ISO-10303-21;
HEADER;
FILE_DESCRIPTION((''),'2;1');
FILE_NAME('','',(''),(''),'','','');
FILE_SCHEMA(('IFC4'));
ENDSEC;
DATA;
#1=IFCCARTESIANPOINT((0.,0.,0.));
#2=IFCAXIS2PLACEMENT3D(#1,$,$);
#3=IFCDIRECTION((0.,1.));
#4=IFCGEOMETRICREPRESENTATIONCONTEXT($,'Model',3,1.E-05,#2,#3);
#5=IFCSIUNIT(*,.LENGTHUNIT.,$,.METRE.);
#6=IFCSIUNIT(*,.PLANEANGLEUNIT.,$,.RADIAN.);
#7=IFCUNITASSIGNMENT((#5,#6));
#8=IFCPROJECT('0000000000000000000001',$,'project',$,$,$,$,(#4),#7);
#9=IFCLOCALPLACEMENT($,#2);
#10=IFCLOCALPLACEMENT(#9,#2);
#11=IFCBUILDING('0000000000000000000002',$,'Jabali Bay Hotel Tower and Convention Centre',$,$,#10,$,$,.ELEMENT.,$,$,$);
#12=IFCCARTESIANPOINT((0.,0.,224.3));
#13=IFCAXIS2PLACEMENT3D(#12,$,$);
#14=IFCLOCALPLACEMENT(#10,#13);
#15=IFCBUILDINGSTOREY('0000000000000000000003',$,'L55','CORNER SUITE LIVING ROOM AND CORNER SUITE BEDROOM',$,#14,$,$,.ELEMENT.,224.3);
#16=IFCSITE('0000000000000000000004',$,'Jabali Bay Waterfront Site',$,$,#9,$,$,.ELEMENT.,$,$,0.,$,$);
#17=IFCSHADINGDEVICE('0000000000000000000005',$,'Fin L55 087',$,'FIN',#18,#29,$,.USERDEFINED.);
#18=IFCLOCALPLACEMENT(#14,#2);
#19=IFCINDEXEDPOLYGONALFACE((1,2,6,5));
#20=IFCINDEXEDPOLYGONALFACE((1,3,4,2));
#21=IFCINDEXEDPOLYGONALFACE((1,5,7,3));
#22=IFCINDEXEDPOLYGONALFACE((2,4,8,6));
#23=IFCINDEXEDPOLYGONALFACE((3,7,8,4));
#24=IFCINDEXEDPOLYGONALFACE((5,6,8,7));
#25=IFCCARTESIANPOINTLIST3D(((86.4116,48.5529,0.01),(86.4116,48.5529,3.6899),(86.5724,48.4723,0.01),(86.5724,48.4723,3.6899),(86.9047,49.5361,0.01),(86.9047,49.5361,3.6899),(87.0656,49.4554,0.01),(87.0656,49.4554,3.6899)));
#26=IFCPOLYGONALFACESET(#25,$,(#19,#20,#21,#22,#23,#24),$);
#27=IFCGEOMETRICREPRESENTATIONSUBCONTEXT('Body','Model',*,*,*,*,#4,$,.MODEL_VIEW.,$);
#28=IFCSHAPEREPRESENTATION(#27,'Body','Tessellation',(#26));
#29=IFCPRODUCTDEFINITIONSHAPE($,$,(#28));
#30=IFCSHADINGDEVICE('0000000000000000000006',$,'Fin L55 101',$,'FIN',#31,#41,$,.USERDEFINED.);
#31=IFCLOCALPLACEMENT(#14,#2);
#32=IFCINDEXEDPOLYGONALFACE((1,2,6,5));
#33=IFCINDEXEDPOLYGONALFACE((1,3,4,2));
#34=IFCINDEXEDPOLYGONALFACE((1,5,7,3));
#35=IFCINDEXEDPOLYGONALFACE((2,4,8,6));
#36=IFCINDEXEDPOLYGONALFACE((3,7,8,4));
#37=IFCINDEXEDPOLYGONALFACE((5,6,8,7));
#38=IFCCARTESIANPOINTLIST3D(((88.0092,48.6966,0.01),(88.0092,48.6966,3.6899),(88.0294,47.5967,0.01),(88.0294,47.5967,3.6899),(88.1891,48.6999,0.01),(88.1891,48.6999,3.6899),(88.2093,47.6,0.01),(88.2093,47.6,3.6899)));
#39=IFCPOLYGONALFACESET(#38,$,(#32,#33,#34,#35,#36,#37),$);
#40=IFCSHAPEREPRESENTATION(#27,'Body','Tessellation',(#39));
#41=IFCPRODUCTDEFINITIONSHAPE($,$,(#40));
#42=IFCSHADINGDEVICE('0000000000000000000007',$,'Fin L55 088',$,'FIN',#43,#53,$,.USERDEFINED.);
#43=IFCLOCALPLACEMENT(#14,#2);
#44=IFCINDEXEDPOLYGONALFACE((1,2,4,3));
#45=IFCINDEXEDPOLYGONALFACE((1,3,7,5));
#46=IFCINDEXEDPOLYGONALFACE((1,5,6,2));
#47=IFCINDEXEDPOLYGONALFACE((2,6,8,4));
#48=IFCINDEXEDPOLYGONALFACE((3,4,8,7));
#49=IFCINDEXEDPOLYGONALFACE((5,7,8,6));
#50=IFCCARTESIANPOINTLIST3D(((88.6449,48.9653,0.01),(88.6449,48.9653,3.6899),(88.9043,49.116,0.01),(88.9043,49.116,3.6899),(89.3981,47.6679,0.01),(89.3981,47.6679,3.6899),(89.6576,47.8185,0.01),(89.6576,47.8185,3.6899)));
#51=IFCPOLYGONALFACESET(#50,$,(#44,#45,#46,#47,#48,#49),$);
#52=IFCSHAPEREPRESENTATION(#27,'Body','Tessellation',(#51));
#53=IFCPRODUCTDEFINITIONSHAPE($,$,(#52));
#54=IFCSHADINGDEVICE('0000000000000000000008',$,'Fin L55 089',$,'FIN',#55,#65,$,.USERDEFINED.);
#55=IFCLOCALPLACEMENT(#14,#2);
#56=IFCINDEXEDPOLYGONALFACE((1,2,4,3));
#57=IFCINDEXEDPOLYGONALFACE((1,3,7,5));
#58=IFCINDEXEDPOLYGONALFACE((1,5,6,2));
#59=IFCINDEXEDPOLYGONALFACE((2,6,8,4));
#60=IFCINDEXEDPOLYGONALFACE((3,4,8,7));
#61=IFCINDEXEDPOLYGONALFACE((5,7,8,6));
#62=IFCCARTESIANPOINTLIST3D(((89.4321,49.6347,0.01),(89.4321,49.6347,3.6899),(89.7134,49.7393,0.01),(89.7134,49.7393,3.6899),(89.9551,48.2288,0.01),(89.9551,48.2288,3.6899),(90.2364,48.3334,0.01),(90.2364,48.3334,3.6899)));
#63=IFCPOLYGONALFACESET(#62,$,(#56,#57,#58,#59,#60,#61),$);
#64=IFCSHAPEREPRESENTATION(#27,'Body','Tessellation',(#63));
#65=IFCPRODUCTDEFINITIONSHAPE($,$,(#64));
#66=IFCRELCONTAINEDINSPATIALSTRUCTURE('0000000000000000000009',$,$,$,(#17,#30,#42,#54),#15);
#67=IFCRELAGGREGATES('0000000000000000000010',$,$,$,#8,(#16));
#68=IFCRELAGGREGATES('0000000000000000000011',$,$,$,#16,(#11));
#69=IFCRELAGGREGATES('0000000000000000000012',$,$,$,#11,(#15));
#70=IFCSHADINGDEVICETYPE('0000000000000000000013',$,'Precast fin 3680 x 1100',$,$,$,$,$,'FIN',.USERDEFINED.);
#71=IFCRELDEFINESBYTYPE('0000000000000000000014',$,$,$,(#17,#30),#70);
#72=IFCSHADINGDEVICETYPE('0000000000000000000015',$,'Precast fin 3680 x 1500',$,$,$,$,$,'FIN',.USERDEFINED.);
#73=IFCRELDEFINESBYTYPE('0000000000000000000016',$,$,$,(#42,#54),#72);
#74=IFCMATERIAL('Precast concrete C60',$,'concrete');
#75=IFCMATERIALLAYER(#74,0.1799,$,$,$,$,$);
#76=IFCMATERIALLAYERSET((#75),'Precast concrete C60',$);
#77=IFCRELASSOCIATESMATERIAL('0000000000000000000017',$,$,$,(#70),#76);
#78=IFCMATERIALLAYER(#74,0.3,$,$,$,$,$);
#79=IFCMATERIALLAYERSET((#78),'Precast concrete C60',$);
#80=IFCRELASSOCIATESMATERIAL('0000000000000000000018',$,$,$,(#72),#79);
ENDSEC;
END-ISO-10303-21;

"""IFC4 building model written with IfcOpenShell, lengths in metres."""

from ifc_helpers import new_model, si_unit, direction, frame, frame_2d, origin, place, context, subcontext, project, spatial, rectangle, extrude, material, layer, layer_set, type_object, element, save


model = new_model("IFC4")

# Units and contexts
model_context = context("Model", 3, precision=1e-05, world=origin(), true_north=direction((0.0, 1.0)))
body_context = subcontext(model_context, "Body", "Model", "MODEL_VIEW")
ifc_project = project(units=[si_unit("LENGTHUNIT", "METRE"), si_unit("PLANEANGLEUNIT", "RADIAN")], contexts=[model_context])

# Site, building, storey
site_placement = place(None, origin())
site = spatial("IfcSite", under=ifc_project, at=site_placement, Name="Jabali Bay Waterfront Site", CompositionType="ELEMENT", RefElevation=0.0)
building_placement = place(site_placement, origin())
building = spatial("IfcBuilding", under=site, at=building_placement, Name="Jabali Bay Hotel Tower and Convention Centre", CompositionType="ELEMENT")
storey_placement = place(building_placement, frame((0.0, 0.0, 224.3)))
storey = spatial("IfcBuildingStorey", under=building, at=storey_placement, Name="L55", Description="CORNER SUITE LIVING ROOM AND CORNER SUITE BEDROOM", CompositionType="ELEMENT", Elevation=224.3)

# Shading devices
ifc_material_1 = material(Name="Precast concrete C60", Category="concrete")
ifc_layer_1 = layer(ifc_material_1, 0.1799)
ifc_layer_set_1 = layer_set([ifc_layer_1], Name="Precast concrete C60")
shading_device_type_1 = type_object("IfcShadingDeviceType", Name="Precast fin 3680 x 1100", ElementType="FIN", PredefinedType="USERDEFINED", material=ifc_layer_set_1)
for number, where, z_axis, x_axis, name in (
    (1, (86.9851, 49.4956, 0.01), (0.0, 0.0, 1.0), (-0.448367, -0.893849, 0.0), "Fin L55 087"),
):
    element("IfcShadingDevice", number, at=place(storey_placement, frame(where, z_axis=z_axis, x_axis=x_axis)), inside=storey, type_object=shading_device_type_1, Name=name, ObjectType="FIN", PredefinedType="USERDEFINED", context=body_context, shape_type="SweptSolid", body=[
        extrude(rectangle(XDim=1.0999, YDim=0.1799, at=frame_2d((0.5498, 0.0))), origin(), (0.0, 0.0, 1.0), 3.6799),
    ])
shading_device_1_placement = place(storey_placement, frame((88.0991, 48.6982, 0.01), z_axis=(0.0, 0.0, 1.0), x_axis=(0.018421, -0.99983, 0.0)))
element("IfcShadingDevice", 2, at=shading_device_1_placement, inside=storey, type_object=shading_device_type_1, Name="Fin L55 101", ObjectType="FIN", PredefinedType="USERDEFINED", context=body_context, shape_type="SweptSolid", body=[
    extrude(rectangle(XDim=1.1001, YDim=0.1799, at=frame_2d((0.55, 0.0))), origin(), (0.0, 0.0, 1.0), 3.6799),
])
ifc_layer_2 = layer(ifc_material_1, 0.3)
ifc_layer_set_2 = layer_set([ifc_layer_2], Name="Precast concrete C60")
shading_device_type_2 = type_object("IfcShadingDeviceType", Name="Precast fin 3680 x 1500", ElementType="FIN", PredefinedType="USERDEFINED", material=ifc_layer_set_2)
shading_device_2_placement = place(storey_placement, frame((88.7747, 49.0405, 0.01), z_axis=(0.0, 0.0, 1.0), x_axis=(0.502069, -0.864828, 0.0)))
element("IfcShadingDevice", 3, at=shading_device_2_placement, inside=storey, type_object=shading_device_type_2, Name="Fin L55 088", ObjectType="FIN", PredefinedType="USERDEFINED", context=body_context, shape_type="SweptSolid", body=[
    extrude(rectangle(XDim=1.5002, YDim=0.3, at=frame_2d((0.75, 0.0))), origin(), (0.0, 0.0, 1.0), 3.6799),
])
shading_device_3_placement = place(storey_placement, frame((89.5728, 49.687, 0.01), z_axis=(0.0, 0.0, 1.0), x_axis=(0.348661, -0.937249, 0.0)))
element("IfcShadingDevice", 4, at=shading_device_3_placement, inside=storey, type_object=shading_device_type_2, Name="Fin L55 089", ObjectType="FIN", PredefinedType="USERDEFINED", context=body_context, shape_type="SweptSolid", body=[
    extrude(rectangle(XDim=1.5, YDim=0.3, at=frame_2d((0.75, 0.0))), origin(), (0.0, 0.0, 1.0), 3.6799),
])

save(model, "model.ifc")
